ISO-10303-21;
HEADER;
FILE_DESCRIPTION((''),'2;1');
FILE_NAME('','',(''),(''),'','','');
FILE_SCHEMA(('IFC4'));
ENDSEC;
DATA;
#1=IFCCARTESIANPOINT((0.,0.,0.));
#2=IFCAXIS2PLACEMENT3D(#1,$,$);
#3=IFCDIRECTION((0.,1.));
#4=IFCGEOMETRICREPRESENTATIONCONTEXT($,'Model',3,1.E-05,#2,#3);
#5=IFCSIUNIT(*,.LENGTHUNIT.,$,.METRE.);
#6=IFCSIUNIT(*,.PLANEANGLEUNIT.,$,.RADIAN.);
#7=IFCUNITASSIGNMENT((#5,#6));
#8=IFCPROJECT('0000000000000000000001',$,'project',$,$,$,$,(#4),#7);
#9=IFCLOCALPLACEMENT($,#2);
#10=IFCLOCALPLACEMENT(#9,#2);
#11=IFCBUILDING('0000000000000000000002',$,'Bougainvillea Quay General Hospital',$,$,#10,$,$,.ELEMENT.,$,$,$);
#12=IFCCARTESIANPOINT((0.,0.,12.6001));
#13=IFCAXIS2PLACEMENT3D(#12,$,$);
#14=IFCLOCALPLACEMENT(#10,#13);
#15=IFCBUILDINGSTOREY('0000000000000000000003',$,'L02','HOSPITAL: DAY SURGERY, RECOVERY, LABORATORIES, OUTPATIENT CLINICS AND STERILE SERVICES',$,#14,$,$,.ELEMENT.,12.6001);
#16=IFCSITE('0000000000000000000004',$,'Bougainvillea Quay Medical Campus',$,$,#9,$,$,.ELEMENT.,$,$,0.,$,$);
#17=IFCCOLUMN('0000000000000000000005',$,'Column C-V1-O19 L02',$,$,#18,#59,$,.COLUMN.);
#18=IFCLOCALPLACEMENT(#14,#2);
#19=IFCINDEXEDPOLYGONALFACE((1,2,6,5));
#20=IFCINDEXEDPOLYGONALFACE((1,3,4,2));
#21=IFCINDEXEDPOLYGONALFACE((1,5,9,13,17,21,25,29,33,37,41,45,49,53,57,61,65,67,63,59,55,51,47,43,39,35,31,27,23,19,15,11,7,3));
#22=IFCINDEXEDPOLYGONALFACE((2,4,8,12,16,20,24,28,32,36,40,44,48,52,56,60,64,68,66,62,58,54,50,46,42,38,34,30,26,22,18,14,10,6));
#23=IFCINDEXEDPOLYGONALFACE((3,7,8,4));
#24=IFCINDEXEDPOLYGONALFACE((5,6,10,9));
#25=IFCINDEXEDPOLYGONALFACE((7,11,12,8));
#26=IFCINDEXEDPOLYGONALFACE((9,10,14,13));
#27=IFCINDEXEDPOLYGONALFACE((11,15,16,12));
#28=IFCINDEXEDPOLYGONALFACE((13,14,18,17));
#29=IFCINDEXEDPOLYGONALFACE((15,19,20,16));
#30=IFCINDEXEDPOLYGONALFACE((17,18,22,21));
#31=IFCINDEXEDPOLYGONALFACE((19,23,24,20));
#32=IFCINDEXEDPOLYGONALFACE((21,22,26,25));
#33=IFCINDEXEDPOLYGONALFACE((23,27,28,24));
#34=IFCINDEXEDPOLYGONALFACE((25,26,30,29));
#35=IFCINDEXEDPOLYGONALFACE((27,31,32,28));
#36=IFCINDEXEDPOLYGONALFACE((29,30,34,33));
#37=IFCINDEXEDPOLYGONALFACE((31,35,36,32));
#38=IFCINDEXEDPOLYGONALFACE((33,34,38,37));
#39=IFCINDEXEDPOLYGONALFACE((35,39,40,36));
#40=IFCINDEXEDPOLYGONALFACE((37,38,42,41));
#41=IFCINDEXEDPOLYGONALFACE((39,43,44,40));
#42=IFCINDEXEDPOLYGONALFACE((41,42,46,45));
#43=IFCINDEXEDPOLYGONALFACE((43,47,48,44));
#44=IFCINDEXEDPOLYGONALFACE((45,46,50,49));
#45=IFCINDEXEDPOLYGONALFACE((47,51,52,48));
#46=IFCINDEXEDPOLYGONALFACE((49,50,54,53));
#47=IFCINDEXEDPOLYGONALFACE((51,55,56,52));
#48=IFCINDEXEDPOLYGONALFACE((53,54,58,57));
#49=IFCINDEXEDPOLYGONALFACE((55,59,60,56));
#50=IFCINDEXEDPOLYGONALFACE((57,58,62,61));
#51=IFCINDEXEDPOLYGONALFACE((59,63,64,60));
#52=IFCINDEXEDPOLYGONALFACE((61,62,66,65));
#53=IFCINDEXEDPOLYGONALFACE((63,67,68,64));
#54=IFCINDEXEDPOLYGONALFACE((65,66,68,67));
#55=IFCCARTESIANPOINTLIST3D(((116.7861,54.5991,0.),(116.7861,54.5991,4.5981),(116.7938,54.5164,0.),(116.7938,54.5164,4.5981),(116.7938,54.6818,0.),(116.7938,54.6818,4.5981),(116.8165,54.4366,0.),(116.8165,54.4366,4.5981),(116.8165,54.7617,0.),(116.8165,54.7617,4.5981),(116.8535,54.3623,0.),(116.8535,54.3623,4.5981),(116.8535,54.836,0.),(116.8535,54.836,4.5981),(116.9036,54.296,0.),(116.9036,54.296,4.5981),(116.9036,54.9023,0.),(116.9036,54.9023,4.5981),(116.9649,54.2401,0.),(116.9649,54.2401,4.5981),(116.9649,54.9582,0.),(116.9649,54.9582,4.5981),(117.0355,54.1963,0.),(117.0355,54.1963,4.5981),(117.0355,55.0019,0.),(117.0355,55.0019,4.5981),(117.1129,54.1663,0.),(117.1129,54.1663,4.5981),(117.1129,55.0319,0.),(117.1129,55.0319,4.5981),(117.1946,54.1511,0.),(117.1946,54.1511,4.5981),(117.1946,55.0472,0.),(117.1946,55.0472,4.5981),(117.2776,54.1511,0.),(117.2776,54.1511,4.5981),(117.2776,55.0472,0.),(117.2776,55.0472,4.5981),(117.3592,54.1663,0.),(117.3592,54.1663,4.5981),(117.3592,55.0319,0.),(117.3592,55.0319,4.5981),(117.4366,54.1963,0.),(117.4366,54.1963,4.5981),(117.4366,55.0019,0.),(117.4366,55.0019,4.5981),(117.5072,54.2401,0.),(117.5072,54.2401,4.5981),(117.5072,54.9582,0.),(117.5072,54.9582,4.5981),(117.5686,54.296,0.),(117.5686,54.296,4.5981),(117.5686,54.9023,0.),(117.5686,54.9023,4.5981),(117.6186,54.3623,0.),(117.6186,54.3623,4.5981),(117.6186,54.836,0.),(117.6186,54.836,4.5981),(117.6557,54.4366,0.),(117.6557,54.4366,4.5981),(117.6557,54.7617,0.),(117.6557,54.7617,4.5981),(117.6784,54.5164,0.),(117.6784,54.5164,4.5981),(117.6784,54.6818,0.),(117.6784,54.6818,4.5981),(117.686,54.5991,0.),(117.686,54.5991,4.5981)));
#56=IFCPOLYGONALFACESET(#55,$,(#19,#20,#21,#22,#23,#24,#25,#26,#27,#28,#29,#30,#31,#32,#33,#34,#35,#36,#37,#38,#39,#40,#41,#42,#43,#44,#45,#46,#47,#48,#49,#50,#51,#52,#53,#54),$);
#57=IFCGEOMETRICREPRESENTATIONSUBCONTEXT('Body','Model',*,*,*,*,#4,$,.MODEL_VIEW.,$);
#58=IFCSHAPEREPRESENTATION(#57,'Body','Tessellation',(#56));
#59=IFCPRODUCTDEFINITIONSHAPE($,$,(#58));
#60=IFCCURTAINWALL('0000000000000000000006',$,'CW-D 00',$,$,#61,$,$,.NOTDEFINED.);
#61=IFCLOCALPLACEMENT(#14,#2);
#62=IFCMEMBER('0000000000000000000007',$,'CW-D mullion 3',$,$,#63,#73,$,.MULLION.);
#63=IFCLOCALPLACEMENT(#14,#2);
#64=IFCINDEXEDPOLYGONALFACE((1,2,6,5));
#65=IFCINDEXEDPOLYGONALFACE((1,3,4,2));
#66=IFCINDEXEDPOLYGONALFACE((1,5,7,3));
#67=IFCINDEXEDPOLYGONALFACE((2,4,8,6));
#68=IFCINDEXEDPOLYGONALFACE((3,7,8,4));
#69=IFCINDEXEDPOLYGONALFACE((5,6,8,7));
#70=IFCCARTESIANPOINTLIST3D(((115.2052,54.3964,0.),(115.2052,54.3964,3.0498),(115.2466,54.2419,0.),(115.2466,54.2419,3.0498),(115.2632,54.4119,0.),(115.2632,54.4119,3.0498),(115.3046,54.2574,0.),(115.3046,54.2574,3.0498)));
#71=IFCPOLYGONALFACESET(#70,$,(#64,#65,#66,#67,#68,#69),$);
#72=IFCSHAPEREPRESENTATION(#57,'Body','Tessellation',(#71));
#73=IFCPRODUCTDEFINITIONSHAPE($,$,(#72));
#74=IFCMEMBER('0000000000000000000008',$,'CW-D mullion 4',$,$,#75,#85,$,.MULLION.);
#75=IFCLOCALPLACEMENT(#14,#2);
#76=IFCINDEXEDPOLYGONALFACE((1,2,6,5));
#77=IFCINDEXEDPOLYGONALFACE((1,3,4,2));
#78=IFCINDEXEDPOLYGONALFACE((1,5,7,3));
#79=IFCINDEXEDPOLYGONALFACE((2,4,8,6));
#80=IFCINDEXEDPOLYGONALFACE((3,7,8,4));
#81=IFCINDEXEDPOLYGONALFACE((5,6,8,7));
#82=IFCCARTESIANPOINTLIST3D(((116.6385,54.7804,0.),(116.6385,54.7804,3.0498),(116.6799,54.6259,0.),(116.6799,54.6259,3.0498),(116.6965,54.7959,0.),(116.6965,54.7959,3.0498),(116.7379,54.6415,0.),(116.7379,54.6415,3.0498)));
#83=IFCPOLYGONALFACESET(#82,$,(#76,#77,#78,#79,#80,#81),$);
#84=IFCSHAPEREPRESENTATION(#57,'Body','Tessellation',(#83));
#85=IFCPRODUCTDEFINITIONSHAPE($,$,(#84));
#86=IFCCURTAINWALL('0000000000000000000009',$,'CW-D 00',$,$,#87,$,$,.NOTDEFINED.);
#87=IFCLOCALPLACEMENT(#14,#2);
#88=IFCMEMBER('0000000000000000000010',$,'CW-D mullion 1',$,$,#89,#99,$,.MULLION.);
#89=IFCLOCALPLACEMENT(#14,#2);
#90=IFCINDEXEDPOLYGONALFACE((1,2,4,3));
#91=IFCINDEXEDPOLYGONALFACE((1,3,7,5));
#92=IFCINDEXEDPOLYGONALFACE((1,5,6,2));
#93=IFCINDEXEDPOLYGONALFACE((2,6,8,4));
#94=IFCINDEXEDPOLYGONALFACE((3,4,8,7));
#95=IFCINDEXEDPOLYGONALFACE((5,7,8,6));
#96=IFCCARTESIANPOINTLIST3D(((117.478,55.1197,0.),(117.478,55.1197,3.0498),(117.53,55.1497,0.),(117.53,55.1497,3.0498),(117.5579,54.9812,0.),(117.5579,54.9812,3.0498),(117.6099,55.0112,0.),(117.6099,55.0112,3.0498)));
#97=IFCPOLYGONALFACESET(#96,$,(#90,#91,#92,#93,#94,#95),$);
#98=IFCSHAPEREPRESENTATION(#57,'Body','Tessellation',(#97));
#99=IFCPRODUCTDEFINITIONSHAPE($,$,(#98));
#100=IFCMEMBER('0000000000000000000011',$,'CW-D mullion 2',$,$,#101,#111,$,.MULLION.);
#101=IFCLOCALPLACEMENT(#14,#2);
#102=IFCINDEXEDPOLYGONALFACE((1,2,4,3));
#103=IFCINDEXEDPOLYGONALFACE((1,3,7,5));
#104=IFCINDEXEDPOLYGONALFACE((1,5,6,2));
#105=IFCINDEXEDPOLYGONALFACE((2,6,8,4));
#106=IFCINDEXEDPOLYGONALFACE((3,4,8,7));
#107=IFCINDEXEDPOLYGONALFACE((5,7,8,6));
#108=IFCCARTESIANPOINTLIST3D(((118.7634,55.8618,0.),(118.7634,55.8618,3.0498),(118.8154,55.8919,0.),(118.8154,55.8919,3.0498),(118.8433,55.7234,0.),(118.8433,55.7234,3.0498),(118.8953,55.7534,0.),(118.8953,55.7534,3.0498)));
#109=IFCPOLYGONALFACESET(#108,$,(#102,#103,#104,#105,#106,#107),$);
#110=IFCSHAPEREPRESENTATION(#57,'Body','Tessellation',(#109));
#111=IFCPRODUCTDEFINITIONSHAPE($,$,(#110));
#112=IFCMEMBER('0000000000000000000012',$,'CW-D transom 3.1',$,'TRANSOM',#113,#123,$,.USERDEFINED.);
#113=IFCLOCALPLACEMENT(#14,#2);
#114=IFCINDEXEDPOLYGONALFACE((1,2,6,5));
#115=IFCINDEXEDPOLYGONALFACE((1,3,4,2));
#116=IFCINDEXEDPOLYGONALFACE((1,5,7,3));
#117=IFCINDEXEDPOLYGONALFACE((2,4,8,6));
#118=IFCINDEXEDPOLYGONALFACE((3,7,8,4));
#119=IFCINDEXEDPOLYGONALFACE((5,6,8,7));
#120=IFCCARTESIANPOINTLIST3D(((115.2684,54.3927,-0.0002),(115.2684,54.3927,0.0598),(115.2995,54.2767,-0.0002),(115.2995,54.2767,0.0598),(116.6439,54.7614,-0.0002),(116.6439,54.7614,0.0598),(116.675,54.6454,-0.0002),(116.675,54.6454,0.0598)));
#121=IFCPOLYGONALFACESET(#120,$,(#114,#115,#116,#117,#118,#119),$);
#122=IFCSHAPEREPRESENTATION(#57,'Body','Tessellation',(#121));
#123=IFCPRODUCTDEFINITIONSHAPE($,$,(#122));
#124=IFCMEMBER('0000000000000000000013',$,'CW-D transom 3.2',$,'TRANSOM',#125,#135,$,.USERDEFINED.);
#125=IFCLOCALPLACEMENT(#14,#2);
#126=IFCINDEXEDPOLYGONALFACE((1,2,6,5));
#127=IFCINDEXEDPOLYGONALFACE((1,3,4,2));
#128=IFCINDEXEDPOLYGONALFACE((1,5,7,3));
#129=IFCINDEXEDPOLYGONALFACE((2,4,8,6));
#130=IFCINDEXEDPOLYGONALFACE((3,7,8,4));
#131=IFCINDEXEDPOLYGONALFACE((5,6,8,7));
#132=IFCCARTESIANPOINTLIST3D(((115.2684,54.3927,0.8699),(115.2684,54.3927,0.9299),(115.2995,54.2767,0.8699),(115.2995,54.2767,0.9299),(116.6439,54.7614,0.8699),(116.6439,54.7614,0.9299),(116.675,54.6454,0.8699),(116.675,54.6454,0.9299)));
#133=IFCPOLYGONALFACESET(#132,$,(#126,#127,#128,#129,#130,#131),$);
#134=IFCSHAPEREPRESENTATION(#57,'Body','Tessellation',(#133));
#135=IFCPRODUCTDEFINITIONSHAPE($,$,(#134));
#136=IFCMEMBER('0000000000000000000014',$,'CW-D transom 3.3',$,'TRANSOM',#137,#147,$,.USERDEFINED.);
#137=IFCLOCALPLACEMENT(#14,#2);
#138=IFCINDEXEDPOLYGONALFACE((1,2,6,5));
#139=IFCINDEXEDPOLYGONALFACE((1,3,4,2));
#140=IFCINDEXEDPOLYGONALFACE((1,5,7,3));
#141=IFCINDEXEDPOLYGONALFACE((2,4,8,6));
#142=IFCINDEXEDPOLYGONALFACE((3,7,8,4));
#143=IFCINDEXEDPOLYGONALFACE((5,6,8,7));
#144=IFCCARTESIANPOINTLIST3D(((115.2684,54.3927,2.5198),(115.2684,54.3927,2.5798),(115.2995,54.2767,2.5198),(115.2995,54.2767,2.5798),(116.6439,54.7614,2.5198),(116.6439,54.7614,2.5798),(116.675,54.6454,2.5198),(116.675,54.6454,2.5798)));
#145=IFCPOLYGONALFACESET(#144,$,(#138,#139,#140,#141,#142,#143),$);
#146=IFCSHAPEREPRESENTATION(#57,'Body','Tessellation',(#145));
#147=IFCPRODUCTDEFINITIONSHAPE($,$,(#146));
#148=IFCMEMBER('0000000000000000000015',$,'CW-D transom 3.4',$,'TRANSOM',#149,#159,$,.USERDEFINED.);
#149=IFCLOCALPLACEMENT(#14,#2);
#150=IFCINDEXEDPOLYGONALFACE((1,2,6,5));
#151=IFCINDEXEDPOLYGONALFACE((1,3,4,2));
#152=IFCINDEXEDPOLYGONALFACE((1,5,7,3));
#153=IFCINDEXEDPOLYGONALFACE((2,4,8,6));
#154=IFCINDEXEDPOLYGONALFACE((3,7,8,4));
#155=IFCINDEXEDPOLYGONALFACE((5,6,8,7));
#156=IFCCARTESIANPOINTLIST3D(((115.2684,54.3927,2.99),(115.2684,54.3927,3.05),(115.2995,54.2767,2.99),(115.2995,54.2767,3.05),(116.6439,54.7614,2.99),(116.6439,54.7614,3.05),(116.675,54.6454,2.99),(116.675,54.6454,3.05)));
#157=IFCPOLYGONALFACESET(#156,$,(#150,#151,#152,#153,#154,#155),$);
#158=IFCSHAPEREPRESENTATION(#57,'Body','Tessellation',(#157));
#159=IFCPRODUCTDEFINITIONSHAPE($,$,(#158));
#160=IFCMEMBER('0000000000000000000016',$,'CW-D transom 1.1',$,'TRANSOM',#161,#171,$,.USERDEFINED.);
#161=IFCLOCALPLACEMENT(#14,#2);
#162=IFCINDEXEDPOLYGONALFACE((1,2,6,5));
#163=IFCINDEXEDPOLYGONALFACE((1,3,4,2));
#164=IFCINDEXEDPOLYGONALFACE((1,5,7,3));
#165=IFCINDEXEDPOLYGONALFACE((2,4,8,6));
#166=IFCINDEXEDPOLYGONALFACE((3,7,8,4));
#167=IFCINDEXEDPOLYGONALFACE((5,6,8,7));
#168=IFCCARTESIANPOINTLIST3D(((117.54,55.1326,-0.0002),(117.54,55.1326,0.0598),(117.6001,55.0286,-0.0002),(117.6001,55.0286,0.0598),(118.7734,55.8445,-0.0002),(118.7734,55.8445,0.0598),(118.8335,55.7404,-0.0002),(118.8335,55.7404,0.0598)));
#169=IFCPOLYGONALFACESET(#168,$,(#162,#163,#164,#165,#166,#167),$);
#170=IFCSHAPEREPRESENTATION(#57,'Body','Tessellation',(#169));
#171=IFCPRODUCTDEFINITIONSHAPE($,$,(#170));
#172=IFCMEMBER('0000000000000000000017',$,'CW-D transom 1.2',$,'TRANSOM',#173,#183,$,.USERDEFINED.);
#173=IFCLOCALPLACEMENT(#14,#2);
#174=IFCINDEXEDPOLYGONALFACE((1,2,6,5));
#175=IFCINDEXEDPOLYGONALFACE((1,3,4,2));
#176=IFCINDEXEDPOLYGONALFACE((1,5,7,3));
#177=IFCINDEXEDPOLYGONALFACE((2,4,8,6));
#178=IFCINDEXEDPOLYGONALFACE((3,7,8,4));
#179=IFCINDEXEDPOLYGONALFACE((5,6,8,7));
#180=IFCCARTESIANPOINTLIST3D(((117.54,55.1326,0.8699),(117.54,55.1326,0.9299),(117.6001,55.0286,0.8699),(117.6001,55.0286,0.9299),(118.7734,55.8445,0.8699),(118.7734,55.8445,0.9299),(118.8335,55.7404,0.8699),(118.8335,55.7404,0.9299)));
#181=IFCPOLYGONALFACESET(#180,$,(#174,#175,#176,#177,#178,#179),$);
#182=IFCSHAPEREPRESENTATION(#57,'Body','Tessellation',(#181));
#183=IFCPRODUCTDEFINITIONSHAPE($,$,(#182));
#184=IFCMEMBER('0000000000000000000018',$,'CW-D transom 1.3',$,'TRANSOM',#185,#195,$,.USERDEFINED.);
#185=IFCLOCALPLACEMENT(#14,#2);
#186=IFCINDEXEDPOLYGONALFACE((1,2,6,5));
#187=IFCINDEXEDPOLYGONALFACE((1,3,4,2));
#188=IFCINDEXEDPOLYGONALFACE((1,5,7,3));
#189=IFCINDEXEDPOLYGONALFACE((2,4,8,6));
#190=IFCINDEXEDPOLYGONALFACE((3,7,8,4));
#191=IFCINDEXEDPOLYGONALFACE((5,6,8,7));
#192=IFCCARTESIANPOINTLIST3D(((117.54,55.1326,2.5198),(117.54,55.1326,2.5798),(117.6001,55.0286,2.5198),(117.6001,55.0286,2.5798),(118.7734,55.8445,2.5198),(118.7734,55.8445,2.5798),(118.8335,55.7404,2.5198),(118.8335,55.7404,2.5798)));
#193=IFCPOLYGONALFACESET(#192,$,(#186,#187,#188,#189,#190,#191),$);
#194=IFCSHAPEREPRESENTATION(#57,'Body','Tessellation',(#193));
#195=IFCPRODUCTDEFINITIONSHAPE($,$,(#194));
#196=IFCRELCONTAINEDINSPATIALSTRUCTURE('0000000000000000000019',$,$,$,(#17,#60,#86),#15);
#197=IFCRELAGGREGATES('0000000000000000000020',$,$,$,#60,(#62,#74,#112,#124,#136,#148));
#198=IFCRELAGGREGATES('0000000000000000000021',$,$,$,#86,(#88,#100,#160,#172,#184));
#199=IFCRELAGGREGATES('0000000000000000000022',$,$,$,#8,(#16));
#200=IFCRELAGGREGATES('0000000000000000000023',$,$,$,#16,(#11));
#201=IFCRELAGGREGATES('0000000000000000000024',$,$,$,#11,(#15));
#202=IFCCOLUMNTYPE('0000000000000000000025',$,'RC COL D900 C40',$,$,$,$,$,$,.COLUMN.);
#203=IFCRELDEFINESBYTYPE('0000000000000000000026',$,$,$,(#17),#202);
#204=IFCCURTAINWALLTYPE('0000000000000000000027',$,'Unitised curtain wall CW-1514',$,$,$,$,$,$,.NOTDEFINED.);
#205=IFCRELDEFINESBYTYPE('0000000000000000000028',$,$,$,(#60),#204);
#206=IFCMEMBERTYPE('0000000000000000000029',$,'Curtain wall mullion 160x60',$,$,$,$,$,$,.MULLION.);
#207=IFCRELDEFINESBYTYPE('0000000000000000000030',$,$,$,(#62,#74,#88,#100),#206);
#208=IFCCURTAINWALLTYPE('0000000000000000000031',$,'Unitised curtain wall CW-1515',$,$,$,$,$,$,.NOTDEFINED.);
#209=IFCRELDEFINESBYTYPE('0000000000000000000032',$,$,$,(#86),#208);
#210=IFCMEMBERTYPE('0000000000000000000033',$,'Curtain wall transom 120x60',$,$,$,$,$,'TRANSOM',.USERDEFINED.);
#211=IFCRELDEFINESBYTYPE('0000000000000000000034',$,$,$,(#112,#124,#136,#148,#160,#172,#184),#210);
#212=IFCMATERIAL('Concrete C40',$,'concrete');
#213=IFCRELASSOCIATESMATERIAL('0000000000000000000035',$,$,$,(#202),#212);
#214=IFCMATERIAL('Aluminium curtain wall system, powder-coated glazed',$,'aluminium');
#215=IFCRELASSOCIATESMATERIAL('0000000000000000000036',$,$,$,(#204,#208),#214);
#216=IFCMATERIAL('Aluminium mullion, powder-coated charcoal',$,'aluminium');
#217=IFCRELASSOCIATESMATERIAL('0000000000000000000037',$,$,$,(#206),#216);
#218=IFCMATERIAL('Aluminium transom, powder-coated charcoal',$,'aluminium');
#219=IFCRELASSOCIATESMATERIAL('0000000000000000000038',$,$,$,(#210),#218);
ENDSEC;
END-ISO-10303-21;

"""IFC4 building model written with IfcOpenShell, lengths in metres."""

from ifc_helpers import new_model, si_unit, direction, frame, origin, origin_2d, place, context, subcontext, project, spatial, rectangle, circle, extrude, material, material_profile, profile_set, type_object, element, aggregate, save


model = new_model("IFC4")

# Units and contexts
model_context = context("Model", 3, precision=1e-05, world=origin(), true_north=direction((0.0, 1.0)))
body_context = subcontext(model_context, "Body", "Model", "MODEL_VIEW")
ifc_project = project(units=[si_unit("LENGTHUNIT", "METRE"), si_unit("PLANEANGLEUNIT", "RADIAN")], contexts=[model_context])

# Site, building, storey
site_placement = place(None, origin())
site = spatial("IfcSite", under=ifc_project, at=site_placement, Name="Bougainvillea Quay Medical Campus", CompositionType="ELEMENT", RefElevation=0.0)
building_placement = place(site_placement, origin())
building = spatial("IfcBuilding", under=site, at=building_placement, Name="Bougainvillea Quay General Hospital", CompositionType="ELEMENT")
storey_placement = place(building_placement, frame((0.0, 0.0, 12.6001)))
storey = spatial("IfcBuildingStorey", under=building, at=storey_placement, Name="L02", Description="HOSPITAL: DAY SURGERY, RECOVERY, LABORATORIES, OUTPATIENT CLINICS AND STERILE SERVICES", CompositionType="ELEMENT", Elevation=12.6001)

# Column
ifc_material_1 = material(Name="Concrete C40", Category="concrete")
ifc_material_profile_1 = material_profile(ifc_material_1, circle(Radius=0.45, at=origin_2d()))
ifc_profile_set_1 = profile_set([ifc_material_profile_1], Name="Concrete C40")
column_type = type_object("IfcColumnType", Name="RC COL D900 C40", PredefinedType="COLUMN", material=ifc_profile_set_1)
column_placement = place(storey_placement, frame((117.2361, 54.5991, 0.0), z_axis=(0.0, 0.0, 1.0), x_axis=(1.0, 0.0, 0.0)))
element("IfcColumn", 1, at=column_placement, inside=storey, type_object=column_type, Name="Column C-V1-O19 L02", PredefinedType="COLUMN", context=body_context, shape_type="SweptSolid", body=[
    extrude(circle(Radius=0.45, at=origin_2d()), origin(), (0.0, 0.0, 1.0), 4.5981),
])

# Curtain walls, members
ifc_material_2 = material(Name="Aluminium curtain wall system, powder-coated glazed", Category="aluminium")
curtain_wall_type_1 = type_object("IfcCurtainWallType", Name="Unitised curtain wall CW-1514", PredefinedType="NOTDEFINED", material=ifc_material_2)
curtain_wall_1_placement = place(storey_placement, origin())
curtain_wall_1 = element("IfcCurtainWall", 2, at=curtain_wall_1_placement, inside=storey, type_object=curtain_wall_type_1, Name="CW-D 00", PredefinedType="NOTDEFINED")
ifc_material_3 = material(Name="Aluminium mullion, powder-coated charcoal", Category="aluminium")
ifc_material_profile_2 = material_profile(ifc_material_3, rectangle(XDim=0.1599, YDim=0.0601, at=origin_2d()))
ifc_profile_set_2 = profile_set([ifc_material_profile_2], Name="Aluminium mullion, powder-coated charcoal")
member_type_1 = type_object("IfcMemberType", Name="Curtain wall mullion 160x60", PredefinedType="MULLION", material=ifc_profile_set_2)
member_1_placement = place(storey_placement, frame((115.2549, 54.3269, 0.0), z_axis=(0.0, 0.0, 1.0), x_axis=(-0.258855, 0.965916, 0.0)))
member_1 = element("IfcMember", 3, at=member_1_placement, type_object=member_type_1, Name="CW-D mullion 3", PredefinedType="MULLION", context=body_context, shape_type="SweptSolid", body=[
    extrude(rectangle(XDim=0.1599, YDim=0.0601, at=origin_2d()), origin(), (0.0, 0.0, 1.0), 3.0498),
])
member_2_placement = place(storey_placement, frame((116.6882, 54.7109, 0.0), z_axis=(0.0, 0.0, 1.0), x_axis=(-0.258855, 0.965916, 0.0)))
member_2 = element("IfcMember", 4, at=member_2_placement, type_object=member_type_1, Name="CW-D mullion 4", PredefinedType="MULLION", context=body_context, shape_type="SweptSolid", body=[
    extrude(rectangle(XDim=0.1599, YDim=0.0601, at=origin_2d()), origin(), (0.0, 0.0, 1.0), 3.0498),
])
curtain_wall_type_2 = type_object("IfcCurtainWallType", Name="Unitised curtain wall CW-1515", PredefinedType="NOTDEFINED", material=ifc_material_2)
curtain_wall_2_placement = place(storey_placement, origin())
curtain_wall_2 = element("IfcCurtainWall", 5, at=curtain_wall_2_placement, inside=storey, type_object=curtain_wall_type_2, Name="CW-D 00", PredefinedType="NOTDEFINED")
member_3_placement = place(storey_placement, frame((117.5439, 55.0654, 0.0), z_axis=(0.0, 0.0, 1.0), x_axis=(-0.499965, 0.866046, 0.0)))
member_3 = element("IfcMember", 6, at=member_3_placement, type_object=member_type_1, Name="CW-D mullion 1", PredefinedType="MULLION", context=body_context, shape_type="SweptSolid", body=[
    extrude(rectangle(XDim=0.1599, YDim=0.0601, at=origin_2d()), origin(), (0.0, 0.0, 1.0), 3.0498),
])
member_4_placement = place(storey_placement, frame((118.8293, 55.8076, 0.0), z_axis=(0.0, 0.0, 1.0), x_axis=(-0.499965, 0.866046, 0.0)))
member_4 = element("IfcMember", 7, at=member_4_placement, type_object=member_type_1, Name="CW-D mullion 2", PredefinedType="MULLION", context=body_context, shape_type="SweptSolid", body=[
    extrude(rectangle(XDim=0.1599, YDim=0.0601, at=origin_2d()), origin(), (0.0, 0.0, 1.0), 3.0498),
])

# Members
ifc_material_4 = material(Name="Aluminium transom, powder-coated charcoal", Category="aluminium")
ifc_material_profile_3 = material_profile(ifc_material_4, rectangle(XDim=0.1201, YDim=0.0601, at=origin_2d()))
ifc_profile_set_3 = profile_set([ifc_material_profile_3], Name="Aluminium transom, powder-coated charcoal")
member_type_2 = type_object("IfcMemberType", Name="Curtain wall transom 120x60", ElementType="TRANSOM", PredefinedType="USERDEFINED", material=ifc_profile_set_3)
member_5_placement = place(storey_placement, frame((115.2839, 54.3347, 0.0298), z_axis=(0.96591, 0.258879, 0.0), x_axis=(-0.258879, 0.96591, 0.0)))
member_5 = element("IfcMember", 8, at=member_5_placement, type_object=member_type_2, Name="CW-D transom 3.1", ObjectType="TRANSOM", PredefinedType="USERDEFINED", context=body_context, shape_type="SweptSolid", body=[
    extrude(rectangle(XDim=0.1201, YDim=0.0601, at=origin_2d()), origin(), (0.0, 0.0, 1.0), 1.4241),
])
member_6_placement = place(storey_placement, frame((115.2839, 54.3347, 0.8999), z_axis=(0.96591, 0.258879, 0.0), x_axis=(-0.258879, 0.96591, 0.0)))
member_6 = element("IfcMember", 9, at=member_6_placement, type_object=member_type_2, Name="CW-D transom 3.2", ObjectType="TRANSOM", PredefinedType="USERDEFINED", context=body_context, shape_type="SweptSolid", body=[
    extrude(rectangle(XDim=0.1201, YDim=0.0601, at=origin_2d()), origin(), (0.0, 0.0, 1.0), 1.4241),
])
member_7_placement = place(storey_placement, frame((115.2839, 54.3347, 2.5498), z_axis=(0.96591, 0.258879, 0.0), x_axis=(-0.258879, 0.96591, 0.0)))
member_7 = element("IfcMember", 10, at=member_7_placement, type_object=member_type_2, Name="CW-D transom 3.3", ObjectType="TRANSOM", PredefinedType="USERDEFINED", context=body_context, shape_type="SweptSolid", body=[
    extrude(rectangle(XDim=0.1201, YDim=0.0601, at=origin_2d()), origin(), (0.0, 0.0, 1.0), 1.4241),
])
member_8_placement = place(storey_placement, frame((115.2839, 54.3347, 3.02), z_axis=(0.96591, 0.258879, 0.0), x_axis=(-0.258879, 0.96591, 0.0)))
member_8 = element("IfcMember", 11, at=member_8_placement, type_object=member_type_2, Name="CW-D transom 3.4", ObjectType="TRANSOM", PredefinedType="USERDEFINED", context=body_context, shape_type="SweptSolid", body=[
    extrude(rectangle(XDim=0.1201, YDim=0.0601, at=origin_2d()), origin(), (0.0, 0.0, 1.0), 1.4241),
])
member_9_placement = place(storey_placement, frame((117.5701, 55.0806, 0.0298), z_axis=(0.866083, 0.499901, 0.0), x_axis=(-0.499901, 0.866083, 0.0)))
member_9 = element("IfcMember", 12, at=member_9_placement, type_object=member_type_2, Name="CW-D transom 1.1", ObjectType="TRANSOM", PredefinedType="USERDEFINED", context=body_context, shape_type="SweptSolid", body=[
    extrude(rectangle(XDim=0.1201, YDim=0.0601, at=origin_2d()), origin(), (0.0, 0.0, 1.0), 1.4241),
])
member_10_placement = place(storey_placement, frame((117.5701, 55.0806, 0.8999), z_axis=(0.866083, 0.499901, 0.0), x_axis=(-0.499901, 0.866083, 0.0)))
member_10 = element("IfcMember", 13, at=member_10_placement, type_object=member_type_2, Name="CW-D transom 1.2", ObjectType="TRANSOM", PredefinedType="USERDEFINED", context=body_context, shape_type="SweptSolid", body=[
    extrude(rectangle(XDim=0.1201, YDim=0.0601, at=origin_2d()), origin(), (0.0, 0.0, 1.0), 1.4241),
])
member_11_placement = place(storey_placement, frame((117.5701, 55.0806, 2.5498), z_axis=(0.866083, 0.499901, 0.0), x_axis=(-0.499901, 0.866083, 0.0)))
member_11 = element("IfcMember", 14, at=member_11_placement, type_object=member_type_2, Name="CW-D transom 1.3", ObjectType="TRANSOM", PredefinedType="USERDEFINED", context=body_context, shape_type="SweptSolid", body=[
    extrude(rectangle(XDim=0.1201, YDim=0.0601, at=origin_2d()), origin(), (0.0, 0.0, 1.0), 1.4241),
])

aggregate(curtain_wall_1, [member_1, member_2, member_5, member_6, member_7, member_8])
aggregate(curtain_wall_2, [member_3, member_4, member_9, member_10, member_11])

save(model, "model.ifc")
